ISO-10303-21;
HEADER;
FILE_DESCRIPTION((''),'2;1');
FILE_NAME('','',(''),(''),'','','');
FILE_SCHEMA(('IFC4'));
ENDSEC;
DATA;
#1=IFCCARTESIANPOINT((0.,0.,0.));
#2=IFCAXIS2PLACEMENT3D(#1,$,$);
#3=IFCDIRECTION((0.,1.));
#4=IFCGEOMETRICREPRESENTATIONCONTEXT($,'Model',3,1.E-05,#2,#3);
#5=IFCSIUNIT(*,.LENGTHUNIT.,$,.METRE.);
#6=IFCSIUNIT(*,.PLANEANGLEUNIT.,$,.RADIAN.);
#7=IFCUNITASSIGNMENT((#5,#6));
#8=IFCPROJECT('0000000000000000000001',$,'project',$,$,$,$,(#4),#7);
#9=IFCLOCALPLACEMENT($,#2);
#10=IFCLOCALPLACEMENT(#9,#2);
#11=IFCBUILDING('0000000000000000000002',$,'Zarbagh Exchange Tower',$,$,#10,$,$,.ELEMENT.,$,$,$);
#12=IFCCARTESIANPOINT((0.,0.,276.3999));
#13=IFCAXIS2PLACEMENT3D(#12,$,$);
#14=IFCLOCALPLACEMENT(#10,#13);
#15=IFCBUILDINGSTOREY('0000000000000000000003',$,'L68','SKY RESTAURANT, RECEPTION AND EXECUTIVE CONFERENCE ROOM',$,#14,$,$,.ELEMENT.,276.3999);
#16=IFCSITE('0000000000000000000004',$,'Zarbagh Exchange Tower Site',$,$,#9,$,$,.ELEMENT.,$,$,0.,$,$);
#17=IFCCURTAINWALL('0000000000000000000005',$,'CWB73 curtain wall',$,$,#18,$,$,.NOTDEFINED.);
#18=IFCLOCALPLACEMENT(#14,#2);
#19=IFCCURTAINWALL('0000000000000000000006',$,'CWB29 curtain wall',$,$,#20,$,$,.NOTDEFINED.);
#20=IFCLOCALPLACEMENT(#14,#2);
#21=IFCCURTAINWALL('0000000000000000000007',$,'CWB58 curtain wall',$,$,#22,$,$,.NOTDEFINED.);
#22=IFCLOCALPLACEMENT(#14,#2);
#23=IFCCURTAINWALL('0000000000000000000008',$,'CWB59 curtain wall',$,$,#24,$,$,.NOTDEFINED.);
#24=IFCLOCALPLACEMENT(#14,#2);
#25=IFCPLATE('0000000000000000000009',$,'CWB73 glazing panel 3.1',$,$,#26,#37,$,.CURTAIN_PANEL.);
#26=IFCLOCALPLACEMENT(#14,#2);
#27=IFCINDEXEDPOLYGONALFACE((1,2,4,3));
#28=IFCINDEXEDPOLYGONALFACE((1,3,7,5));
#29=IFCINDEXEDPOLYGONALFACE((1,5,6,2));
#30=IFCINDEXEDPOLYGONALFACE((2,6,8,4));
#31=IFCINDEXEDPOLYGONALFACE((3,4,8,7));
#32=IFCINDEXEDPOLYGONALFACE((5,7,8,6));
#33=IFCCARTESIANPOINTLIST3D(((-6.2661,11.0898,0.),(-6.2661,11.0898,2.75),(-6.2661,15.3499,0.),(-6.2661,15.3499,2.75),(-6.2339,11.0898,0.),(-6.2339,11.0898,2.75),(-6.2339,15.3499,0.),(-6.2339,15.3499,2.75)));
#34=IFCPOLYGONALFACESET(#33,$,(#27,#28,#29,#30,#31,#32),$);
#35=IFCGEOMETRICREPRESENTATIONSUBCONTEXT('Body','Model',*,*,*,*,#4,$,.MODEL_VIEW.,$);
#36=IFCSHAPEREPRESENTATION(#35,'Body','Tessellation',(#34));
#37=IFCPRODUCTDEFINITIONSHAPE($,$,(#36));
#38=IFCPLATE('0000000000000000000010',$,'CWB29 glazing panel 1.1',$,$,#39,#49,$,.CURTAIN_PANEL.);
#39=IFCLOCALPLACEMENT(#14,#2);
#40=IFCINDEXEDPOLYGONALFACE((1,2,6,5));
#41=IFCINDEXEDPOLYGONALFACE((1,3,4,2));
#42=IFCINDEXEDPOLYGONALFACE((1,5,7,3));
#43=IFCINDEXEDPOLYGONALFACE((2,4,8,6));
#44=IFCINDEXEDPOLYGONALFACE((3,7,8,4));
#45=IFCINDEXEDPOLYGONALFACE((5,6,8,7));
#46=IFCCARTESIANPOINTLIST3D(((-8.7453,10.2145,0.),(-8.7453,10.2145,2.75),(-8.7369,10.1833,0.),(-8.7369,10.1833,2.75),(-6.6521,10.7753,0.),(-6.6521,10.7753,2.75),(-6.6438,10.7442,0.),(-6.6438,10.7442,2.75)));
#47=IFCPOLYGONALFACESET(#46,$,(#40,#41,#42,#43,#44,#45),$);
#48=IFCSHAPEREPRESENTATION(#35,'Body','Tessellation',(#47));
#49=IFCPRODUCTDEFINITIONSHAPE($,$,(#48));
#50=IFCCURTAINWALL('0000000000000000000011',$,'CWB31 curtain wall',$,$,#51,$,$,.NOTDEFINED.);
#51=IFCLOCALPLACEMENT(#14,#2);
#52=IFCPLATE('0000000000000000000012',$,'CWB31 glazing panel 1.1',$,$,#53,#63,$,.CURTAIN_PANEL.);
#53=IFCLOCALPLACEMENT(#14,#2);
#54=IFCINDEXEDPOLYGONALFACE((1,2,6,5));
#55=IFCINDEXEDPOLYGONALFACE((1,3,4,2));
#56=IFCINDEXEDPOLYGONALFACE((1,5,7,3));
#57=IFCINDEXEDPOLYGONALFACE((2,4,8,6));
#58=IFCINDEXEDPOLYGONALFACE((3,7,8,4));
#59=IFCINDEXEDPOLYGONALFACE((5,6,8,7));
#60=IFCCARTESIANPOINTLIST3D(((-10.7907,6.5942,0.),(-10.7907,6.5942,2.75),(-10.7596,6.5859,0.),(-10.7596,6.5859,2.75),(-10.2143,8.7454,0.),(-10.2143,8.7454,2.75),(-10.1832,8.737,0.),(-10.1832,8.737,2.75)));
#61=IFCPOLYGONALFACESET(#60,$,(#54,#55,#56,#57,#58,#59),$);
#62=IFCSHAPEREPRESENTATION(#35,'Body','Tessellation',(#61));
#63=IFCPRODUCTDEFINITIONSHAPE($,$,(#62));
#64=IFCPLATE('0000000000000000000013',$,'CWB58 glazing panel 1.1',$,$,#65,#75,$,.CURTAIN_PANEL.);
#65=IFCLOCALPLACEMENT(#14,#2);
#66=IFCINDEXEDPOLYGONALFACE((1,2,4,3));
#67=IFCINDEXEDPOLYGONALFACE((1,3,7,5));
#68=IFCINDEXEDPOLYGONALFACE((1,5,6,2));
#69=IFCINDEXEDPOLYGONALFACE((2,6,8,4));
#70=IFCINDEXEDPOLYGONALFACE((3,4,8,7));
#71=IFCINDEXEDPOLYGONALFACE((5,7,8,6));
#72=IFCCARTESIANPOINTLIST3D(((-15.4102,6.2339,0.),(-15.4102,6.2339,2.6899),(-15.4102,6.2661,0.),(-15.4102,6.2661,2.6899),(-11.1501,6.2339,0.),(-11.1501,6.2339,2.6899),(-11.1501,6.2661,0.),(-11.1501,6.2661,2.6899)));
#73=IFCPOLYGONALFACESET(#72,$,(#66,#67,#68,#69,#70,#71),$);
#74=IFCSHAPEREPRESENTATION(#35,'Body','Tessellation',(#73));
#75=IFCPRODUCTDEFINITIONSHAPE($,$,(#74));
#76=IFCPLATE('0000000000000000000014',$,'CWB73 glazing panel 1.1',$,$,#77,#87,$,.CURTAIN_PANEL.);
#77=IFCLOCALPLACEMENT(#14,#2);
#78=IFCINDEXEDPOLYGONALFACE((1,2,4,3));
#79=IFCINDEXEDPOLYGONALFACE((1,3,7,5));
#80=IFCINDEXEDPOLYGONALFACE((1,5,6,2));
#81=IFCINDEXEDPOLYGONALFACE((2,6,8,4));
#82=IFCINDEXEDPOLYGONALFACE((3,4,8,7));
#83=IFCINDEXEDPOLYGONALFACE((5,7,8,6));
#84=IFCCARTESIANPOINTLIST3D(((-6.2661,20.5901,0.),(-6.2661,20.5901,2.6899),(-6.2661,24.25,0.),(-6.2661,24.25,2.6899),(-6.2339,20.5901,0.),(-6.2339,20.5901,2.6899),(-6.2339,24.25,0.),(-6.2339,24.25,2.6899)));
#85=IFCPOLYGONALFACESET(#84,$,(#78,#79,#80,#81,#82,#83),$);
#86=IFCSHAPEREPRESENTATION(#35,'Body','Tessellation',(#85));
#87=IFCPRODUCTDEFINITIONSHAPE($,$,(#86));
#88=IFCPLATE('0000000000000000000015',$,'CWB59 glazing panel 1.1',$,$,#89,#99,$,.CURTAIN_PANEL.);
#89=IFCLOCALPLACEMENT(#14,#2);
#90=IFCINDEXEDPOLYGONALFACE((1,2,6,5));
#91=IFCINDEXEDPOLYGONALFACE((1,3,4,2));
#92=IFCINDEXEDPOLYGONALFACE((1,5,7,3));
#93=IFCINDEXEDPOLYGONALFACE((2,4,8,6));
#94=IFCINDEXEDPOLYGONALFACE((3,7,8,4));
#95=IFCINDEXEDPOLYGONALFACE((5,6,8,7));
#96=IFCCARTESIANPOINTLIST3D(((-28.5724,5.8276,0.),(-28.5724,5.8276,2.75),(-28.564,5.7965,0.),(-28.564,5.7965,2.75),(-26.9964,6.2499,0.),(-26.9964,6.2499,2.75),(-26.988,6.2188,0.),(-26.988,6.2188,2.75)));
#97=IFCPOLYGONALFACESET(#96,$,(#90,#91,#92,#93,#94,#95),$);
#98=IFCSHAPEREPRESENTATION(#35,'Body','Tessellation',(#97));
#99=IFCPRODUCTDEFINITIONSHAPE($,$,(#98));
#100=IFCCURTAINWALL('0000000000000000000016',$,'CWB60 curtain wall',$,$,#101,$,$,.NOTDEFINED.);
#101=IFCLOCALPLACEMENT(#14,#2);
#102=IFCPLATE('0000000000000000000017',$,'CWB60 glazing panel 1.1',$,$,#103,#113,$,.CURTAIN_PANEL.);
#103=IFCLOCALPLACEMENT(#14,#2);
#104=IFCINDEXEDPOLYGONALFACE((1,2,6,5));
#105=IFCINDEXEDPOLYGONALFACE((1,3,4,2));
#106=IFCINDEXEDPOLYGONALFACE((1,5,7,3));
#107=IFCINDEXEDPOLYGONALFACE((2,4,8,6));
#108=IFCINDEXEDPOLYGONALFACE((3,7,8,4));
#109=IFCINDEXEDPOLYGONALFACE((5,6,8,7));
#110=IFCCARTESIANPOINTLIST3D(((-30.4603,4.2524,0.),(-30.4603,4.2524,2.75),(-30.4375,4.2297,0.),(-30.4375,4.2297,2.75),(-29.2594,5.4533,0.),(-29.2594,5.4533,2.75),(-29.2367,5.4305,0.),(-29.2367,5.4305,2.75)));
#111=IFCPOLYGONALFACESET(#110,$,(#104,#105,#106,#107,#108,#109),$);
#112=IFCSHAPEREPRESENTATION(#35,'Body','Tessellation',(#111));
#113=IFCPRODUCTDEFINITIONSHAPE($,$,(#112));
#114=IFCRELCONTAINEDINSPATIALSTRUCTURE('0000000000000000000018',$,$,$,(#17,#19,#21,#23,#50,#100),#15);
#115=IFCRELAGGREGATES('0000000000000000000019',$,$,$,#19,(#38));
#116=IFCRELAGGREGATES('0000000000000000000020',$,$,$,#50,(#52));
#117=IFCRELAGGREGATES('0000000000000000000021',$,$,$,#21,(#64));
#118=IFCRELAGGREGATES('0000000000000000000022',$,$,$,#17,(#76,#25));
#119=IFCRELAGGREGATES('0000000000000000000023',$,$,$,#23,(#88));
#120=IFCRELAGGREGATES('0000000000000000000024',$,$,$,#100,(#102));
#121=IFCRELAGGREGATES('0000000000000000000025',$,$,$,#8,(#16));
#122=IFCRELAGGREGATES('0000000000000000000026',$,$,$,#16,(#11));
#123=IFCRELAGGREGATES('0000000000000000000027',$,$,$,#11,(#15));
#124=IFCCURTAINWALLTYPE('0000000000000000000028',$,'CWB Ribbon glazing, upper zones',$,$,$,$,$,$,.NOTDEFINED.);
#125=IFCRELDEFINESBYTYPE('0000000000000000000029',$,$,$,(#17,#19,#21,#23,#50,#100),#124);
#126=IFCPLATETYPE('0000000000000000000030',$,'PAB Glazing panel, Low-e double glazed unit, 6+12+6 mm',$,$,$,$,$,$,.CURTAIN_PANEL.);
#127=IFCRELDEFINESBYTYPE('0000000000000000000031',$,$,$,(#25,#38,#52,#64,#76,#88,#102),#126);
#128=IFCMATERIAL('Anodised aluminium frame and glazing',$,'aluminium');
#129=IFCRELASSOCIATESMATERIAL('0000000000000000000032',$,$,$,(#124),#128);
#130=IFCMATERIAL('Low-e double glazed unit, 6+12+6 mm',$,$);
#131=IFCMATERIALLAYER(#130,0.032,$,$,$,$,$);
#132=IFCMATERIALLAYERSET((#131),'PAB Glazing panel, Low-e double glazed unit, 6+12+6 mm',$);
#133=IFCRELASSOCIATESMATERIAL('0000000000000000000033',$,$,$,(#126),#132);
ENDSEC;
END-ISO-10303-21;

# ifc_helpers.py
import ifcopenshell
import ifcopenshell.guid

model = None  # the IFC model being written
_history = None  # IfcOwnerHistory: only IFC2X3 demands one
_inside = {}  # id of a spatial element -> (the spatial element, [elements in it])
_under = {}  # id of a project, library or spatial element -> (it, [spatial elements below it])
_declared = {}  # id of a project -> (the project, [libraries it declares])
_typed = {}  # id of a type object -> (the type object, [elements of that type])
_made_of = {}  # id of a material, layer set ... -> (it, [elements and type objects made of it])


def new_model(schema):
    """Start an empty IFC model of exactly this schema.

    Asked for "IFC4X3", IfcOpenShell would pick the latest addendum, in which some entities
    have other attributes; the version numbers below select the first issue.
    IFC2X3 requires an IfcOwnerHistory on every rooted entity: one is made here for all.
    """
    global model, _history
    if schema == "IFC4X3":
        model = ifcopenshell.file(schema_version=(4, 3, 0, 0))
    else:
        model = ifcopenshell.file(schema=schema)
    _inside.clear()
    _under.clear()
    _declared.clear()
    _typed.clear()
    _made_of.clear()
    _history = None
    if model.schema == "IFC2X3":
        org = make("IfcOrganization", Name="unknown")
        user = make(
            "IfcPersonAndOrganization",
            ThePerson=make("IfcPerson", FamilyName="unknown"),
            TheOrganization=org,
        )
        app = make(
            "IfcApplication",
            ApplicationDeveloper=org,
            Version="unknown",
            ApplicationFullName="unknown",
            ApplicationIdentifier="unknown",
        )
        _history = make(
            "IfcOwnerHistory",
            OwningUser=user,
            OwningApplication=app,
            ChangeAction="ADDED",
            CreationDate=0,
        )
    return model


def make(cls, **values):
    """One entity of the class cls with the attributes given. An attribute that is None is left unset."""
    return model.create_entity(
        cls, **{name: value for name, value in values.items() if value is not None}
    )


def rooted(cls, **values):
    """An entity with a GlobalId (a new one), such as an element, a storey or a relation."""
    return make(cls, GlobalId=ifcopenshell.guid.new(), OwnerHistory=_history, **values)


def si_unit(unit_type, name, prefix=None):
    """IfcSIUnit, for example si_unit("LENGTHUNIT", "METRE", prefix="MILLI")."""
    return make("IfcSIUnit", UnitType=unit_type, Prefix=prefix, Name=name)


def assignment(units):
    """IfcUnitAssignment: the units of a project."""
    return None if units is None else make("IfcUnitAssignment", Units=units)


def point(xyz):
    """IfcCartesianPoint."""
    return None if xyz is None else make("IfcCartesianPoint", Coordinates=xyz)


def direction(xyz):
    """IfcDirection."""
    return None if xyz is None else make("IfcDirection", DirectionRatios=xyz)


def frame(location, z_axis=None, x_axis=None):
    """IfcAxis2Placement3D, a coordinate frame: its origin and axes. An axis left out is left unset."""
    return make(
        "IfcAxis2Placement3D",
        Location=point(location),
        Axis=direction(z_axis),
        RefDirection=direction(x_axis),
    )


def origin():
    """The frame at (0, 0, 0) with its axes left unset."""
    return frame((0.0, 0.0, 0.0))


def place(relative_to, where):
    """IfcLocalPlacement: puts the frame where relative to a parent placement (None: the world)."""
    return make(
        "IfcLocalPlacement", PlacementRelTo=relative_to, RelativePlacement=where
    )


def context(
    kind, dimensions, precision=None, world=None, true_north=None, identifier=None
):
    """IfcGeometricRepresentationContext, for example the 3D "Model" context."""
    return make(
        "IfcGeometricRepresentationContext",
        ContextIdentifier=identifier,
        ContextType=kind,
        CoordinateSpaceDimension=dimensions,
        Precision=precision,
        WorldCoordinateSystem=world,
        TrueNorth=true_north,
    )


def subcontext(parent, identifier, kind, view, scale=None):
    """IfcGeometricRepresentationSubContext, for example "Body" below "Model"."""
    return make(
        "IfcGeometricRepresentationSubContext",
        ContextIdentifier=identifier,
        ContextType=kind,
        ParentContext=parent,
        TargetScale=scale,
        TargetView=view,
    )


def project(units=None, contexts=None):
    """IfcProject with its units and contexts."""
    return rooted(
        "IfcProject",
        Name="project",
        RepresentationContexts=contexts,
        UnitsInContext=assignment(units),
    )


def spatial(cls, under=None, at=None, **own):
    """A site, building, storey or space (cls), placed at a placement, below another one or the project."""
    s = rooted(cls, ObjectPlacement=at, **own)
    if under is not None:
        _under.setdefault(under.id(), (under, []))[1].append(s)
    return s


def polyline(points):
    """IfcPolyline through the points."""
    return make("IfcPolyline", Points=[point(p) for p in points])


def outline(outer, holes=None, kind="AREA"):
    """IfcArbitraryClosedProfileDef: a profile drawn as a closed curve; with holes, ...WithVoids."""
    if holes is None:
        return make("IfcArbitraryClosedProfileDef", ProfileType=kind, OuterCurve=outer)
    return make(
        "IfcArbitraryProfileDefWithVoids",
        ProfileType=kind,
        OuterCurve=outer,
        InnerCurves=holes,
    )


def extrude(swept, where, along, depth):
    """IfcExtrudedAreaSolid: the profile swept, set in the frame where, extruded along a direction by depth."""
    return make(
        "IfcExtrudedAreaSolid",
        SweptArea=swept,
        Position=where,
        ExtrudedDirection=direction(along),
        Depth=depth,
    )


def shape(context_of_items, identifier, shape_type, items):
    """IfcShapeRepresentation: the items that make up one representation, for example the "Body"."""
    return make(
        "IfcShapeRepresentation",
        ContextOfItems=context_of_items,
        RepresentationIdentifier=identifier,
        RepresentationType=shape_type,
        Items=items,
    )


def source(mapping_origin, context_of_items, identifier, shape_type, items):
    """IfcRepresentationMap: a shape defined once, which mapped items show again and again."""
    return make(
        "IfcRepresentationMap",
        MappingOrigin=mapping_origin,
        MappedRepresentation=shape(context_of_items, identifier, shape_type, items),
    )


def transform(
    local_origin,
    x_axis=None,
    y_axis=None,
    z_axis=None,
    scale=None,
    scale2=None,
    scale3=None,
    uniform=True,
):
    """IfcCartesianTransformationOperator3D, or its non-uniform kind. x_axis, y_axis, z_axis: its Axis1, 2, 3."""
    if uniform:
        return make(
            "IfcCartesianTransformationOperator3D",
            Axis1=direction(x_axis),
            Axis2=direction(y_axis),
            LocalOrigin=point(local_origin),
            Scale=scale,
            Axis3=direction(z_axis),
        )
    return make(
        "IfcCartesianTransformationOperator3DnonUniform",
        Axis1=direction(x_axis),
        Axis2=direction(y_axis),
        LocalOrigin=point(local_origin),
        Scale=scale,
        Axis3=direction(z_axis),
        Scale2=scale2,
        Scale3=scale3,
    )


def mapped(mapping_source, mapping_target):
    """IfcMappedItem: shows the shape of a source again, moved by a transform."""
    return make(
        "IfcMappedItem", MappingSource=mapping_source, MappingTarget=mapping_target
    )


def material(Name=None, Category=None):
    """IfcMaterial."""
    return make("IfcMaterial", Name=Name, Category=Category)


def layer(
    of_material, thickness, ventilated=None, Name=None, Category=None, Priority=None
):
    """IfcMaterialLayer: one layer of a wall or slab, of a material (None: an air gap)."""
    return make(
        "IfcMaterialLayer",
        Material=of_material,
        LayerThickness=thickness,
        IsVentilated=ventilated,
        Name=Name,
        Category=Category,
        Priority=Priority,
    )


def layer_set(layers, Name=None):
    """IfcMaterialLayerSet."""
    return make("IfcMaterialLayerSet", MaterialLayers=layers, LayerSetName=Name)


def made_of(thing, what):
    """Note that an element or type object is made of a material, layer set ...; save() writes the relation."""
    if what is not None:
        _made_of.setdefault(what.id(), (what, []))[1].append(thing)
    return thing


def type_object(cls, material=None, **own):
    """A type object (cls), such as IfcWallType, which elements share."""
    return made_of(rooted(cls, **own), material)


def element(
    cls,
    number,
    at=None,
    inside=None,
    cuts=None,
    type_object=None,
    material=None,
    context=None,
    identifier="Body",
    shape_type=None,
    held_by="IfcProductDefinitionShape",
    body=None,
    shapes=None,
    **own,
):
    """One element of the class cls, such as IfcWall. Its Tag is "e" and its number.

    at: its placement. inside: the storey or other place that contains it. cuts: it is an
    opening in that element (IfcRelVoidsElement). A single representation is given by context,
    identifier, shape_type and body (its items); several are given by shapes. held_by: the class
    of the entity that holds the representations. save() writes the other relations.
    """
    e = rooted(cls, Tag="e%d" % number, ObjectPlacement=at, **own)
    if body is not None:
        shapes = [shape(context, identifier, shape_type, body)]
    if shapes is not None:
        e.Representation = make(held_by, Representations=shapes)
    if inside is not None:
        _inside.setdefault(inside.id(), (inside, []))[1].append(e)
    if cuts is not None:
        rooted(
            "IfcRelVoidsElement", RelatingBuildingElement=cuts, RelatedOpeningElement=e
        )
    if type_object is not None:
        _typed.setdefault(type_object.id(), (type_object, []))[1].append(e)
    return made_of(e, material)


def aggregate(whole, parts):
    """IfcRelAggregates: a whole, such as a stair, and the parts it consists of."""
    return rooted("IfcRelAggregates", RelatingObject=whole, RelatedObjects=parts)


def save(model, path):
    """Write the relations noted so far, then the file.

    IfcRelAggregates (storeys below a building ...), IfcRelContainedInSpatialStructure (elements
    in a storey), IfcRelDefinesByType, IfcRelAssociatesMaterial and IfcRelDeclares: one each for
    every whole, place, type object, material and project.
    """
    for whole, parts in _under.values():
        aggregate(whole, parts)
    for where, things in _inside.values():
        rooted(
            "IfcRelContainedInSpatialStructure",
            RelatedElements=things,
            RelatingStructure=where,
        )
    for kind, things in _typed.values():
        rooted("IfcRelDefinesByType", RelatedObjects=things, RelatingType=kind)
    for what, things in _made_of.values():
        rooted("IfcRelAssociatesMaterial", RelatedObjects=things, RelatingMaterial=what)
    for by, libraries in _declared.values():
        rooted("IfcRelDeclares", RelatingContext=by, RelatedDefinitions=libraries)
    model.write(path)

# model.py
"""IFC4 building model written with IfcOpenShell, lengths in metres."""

from ifc_helpers import new_model, si_unit, direction, frame, origin, place, context, subcontext, project, spatial, polyline, outline, extrude, source, transform, mapped, material, layer, layer_set, type_object, element, aggregate, save


model = new_model("IFC4")

# Units and contexts
model_context = context("Model", 3, precision=1e-05, world=origin(), true_north=direction((0.0, 1.0)))
body_context = subcontext(model_context, "Body", "Model", "MODEL_VIEW")
ifc_project = project(units=[si_unit("LENGTHUNIT", "METRE"), si_unit("PLANEANGLEUNIT", "RADIAN")], contexts=[model_context])

# Site, building, storey
site_placement = place(None, origin())
site = spatial("IfcSite", under=ifc_project, at=site_placement, Name="Zarbagh Exchange Tower Site", CompositionType="ELEMENT", RefElevation=0.0)
building_placement = place(site_placement, origin())
building = spatial("IfcBuilding", under=site, at=building_placement, Name="Zarbagh Exchange Tower", CompositionType="ELEMENT")
storey_placement = place(building_placement, frame((0.0, 0.0, 276.3999)))
storey = spatial("IfcBuildingStorey", under=building, at=storey_placement, Name="L68", Description="SKY RESTAURANT, RECEPTION AND EXECUTIVE CONFERENCE ROOM", CompositionType="ELEMENT", Elevation=276.3999)

# Curtain wall
ifc_material_1 = material(Name="Anodised aluminium frame and glazing", Category="aluminium")
curtain_wall_type = type_object("IfcCurtainWallType", Name="CWB Ribbon glazing, upper zones", PredefinedType="NOTDEFINED", material=ifc_material_1)
curtain_wall_1_placement = place(storey_placement, origin())
curtain_wall_1 = element("IfcCurtainWall", 1, at=curtain_wall_1_placement, inside=storey, type_object=curtain_wall_type, Name="CWB73 curtain wall", PredefinedType="NOTDEFINED")
placement = place(storey_placement, origin())

# Curtain wall
curtain_wall_2_placement = place(storey_placement, origin())
curtain_wall_2 = element("IfcCurtainWall", 2, at=curtain_wall_2_placement, inside=storey, type_object=curtain_wall_type, Name="CWB29 curtain wall", PredefinedType="NOTDEFINED")

# Curtain wall
curtain_wall_3_placement = place(storey_placement, origin())
curtain_wall_3 = element("IfcCurtainWall", 3, at=curtain_wall_3_placement, inside=storey, type_object=curtain_wall_type, Name="CWB58 curtain wall", PredefinedType="NOTDEFINED")

# Curtain wall
curtain_wall_4_placement = place(storey_placement, origin())
curtain_wall_4 = element("IfcCurtainWall", 4, at=curtain_wall_4_placement, inside=storey, type_object=curtain_wall_type, Name="CWB59 curtain wall", PredefinedType="NOTDEFINED")

# Shared definitions
ifc_material_2 = material(Name="Low-e double glazed unit, 6+12+6 mm")
ifc_layer = layer(ifc_material_2, 0.032)
ifc_layer_set = layer_set([ifc_layer], Name="PAB Glazing panel, Low-e double glazed unit, 6+12+6 mm")
plate_type = type_object("IfcPlateType", Name="PAB Glazing panel, Low-e double glazed unit, 6+12+6 mm", PredefinedType="CURTAIN_PANEL", material=ifc_layer_set)

# Plates
shared_shape_1 = source(origin(), body_context, "Body", "SweptSolid", [
    extrude(outline(polyline([(0.0, -0.0161), (4.26, -0.0161), (4.26, 0.0161), (0.0, 0.0161), (0.0, -0.0161)])), origin(), (0.0, 0.0, 1.0), 2.75),
])
plate_1 = element("IfcPlate", 5, at=placement, type_object=plate_type, Name="CWB73 glazing panel 3.1", PredefinedType="CURTAIN_PANEL", context=body_context, shape_type="MappedRepresentation", body=[
    mapped(shared_shape_1, transform((-6.25, 15.3499, 0.0), x_axis=(0.0, -1.0, 0.0), y_axis=(1.0, 0.0, 0.0), z_axis=(0.0, 0.0, 1.0))),
])
shared_shape_2 = source(origin(), body_context, "Body", "SweptSolid", [
    extrude(outline(polyline([(0.0, -0.0161), (2.167, -0.0161), (2.167, 0.0161), (0.0, 0.0161), (0.0, -0.0161)])), origin(), (0.0, 0.0, 1.0), 2.75),
])
plate_2 = element("IfcPlate", 6, at=placement, type_object=plate_type, Name="CWB29 glazing panel 1.1", PredefinedType="CURTAIN_PANEL", context=body_context, shape_type="MappedRepresentation", body=[
    mapped(shared_shape_2, transform((-6.6479, 10.7598, 0.0), x_axis=(-0.965924, -0.258825, 0.0), y_axis=(0.258825, -0.965924, 0.0), z_axis=(0.0, 0.0, 1.0))),
])
aggregate(curtain_wall_2, [plate_2])

# Curtain wall, plate
curtain_wall_5_placement = place(storey_placement, origin())
curtain_wall_5 = element("IfcCurtainWall", 7, at=curtain_wall_5_placement, inside=storey, type_object=curtain_wall_type, Name="CWB31 curtain wall", PredefinedType="NOTDEFINED")
shared_shape_3 = source(origin(), body_context, "Body", "SweptSolid", [
    extrude(outline(polyline([(0.0, -0.0161), (2.2271, -0.0161), (2.2271, 0.0161), (0.0, 0.0161), (0.0, -0.0161)])), origin(), (0.0, 0.0, 1.0), 2.75),
])
plate_3 = element("IfcPlate", 8, at=placement, type_object=plate_type, Name="CWB31 glazing panel 1.1", PredefinedType="CURTAIN_PANEL", context=body_context, shape_type="MappedRepresentation", body=[
    mapped(shared_shape_3, transform((-10.1987, 8.7412, 0.0), x_axis=(-0.258825, -0.965924, 0.0), y_axis=(0.965924, -0.258825, 0.0), z_axis=(0.0, 0.0, 1.0))),
])
aggregate(curtain_wall_5, [plate_3])

# Plates
shared_shape_4 = source(origin(), body_context, "Body", "SweptSolid", [
    extrude(outline(polyline([(0.0, -0.0161), (4.26, -0.0161), (4.26, 0.0161), (0.0, 0.0161), (0.0, -0.0161)])), origin(), (0.0, 0.0, 1.0), 2.6899),
])
plate_4 = element("IfcPlate", 9, at=placement, type_object=plate_type, Name="CWB58 glazing panel 1.1", PredefinedType="CURTAIN_PANEL", context=body_context, shape_type="MappedRepresentation", body=[
    mapped(shared_shape_4, transform((-11.1501, 6.25, 0.0), x_axis=(-1.0, 0.0, 0.0), y_axis=(0.0, -1.0, 0.0), z_axis=(0.0, 0.0, 1.0))),
])
aggregate(curtain_wall_3, [plate_4])
shared_shape_5 = source(origin(), body_context, "Body", "SweptSolid", [
    extrude(outline(polyline([(0.0, -0.0161), (3.6599, -0.0161), (3.6599, 0.0161), (0.0, 0.0161), (0.0, -0.0161)])), origin(), (0.0, 0.0, 1.0), 2.6899),
])
plate_5 = element("IfcPlate", 10, at=placement, type_object=plate_type, Name="CWB73 glazing panel 1.1", PredefinedType="CURTAIN_PANEL", context=body_context, shape_type="MappedRepresentation", body=[
    mapped(shared_shape_5, transform((-6.25, 24.25, 0.0), x_axis=(0.0, -1.0, 0.0), y_axis=(1.0, 0.0, 0.0), z_axis=(0.0, 0.0, 1.0))),
])
aggregate(curtain_wall_1, [plate_5, plate_1])
shared_shape_6 = source(origin(), body_context, "Body", "SweptSolid", [
    extrude(outline(polyline([(0.0, -0.0161), (1.6316, -0.0161), (1.6316, 0.0161), (0.0, 0.0161), (0.0, -0.0161)])), origin(), (0.0, 0.0, 1.0), 2.75),
])
plate_6 = element("IfcPlate", 11, at=placement, type_object=plate_type, Name="CWB59 glazing panel 1.1", PredefinedType="CURTAIN_PANEL", context=body_context, shape_type="MappedRepresentation", body=[
    mapped(shared_shape_6, transform((-26.9922, 6.2344, 0.0), x_axis=(-0.965924, -0.258825, 0.0), y_axis=(0.258825, -0.965924, 0.0), z_axis=(0.0, 0.0, 1.0))),
])
aggregate(curtain_wall_4, [plate_6])

# Curtain wall, plate
curtain_wall_6_placement = place(storey_placement, origin())
curtain_wall_6 = element("IfcCurtainWall", 12, at=curtain_wall_6_placement, inside=storey, type_object=curtain_wall_type, Name="CWB60 curtain wall", PredefinedType="NOTDEFINED")
shared_shape_7 = source(origin(), body_context, "Body", "SweptSolid", [
    extrude(outline(polyline([(0.0, -0.0161), (1.6982, -0.0161), (1.6982, 0.0161), (0.0, 0.0161), (0.0, -0.0161)])), origin(), (0.0, 0.0, 1.0), 2.75),
])
plate_7 = element("IfcPlate", 13, at=placement, type_object=plate_type, Name="CWB60 glazing panel 1.1", PredefinedType="CURTAIN_PANEL", context=body_context, shape_type="MappedRepresentation", body=[
    mapped(shared_shape_7, transform((-29.248, 5.4419, 0.0), x_axis=(-0.707107, -0.707107, 0.0), y_axis=(0.707107, -0.707107, 0.0), z_axis=(0.0, 0.0, 1.0))),
])
aggregate(curtain_wall_6, [plate_7])

save(model, "model.ifc")
